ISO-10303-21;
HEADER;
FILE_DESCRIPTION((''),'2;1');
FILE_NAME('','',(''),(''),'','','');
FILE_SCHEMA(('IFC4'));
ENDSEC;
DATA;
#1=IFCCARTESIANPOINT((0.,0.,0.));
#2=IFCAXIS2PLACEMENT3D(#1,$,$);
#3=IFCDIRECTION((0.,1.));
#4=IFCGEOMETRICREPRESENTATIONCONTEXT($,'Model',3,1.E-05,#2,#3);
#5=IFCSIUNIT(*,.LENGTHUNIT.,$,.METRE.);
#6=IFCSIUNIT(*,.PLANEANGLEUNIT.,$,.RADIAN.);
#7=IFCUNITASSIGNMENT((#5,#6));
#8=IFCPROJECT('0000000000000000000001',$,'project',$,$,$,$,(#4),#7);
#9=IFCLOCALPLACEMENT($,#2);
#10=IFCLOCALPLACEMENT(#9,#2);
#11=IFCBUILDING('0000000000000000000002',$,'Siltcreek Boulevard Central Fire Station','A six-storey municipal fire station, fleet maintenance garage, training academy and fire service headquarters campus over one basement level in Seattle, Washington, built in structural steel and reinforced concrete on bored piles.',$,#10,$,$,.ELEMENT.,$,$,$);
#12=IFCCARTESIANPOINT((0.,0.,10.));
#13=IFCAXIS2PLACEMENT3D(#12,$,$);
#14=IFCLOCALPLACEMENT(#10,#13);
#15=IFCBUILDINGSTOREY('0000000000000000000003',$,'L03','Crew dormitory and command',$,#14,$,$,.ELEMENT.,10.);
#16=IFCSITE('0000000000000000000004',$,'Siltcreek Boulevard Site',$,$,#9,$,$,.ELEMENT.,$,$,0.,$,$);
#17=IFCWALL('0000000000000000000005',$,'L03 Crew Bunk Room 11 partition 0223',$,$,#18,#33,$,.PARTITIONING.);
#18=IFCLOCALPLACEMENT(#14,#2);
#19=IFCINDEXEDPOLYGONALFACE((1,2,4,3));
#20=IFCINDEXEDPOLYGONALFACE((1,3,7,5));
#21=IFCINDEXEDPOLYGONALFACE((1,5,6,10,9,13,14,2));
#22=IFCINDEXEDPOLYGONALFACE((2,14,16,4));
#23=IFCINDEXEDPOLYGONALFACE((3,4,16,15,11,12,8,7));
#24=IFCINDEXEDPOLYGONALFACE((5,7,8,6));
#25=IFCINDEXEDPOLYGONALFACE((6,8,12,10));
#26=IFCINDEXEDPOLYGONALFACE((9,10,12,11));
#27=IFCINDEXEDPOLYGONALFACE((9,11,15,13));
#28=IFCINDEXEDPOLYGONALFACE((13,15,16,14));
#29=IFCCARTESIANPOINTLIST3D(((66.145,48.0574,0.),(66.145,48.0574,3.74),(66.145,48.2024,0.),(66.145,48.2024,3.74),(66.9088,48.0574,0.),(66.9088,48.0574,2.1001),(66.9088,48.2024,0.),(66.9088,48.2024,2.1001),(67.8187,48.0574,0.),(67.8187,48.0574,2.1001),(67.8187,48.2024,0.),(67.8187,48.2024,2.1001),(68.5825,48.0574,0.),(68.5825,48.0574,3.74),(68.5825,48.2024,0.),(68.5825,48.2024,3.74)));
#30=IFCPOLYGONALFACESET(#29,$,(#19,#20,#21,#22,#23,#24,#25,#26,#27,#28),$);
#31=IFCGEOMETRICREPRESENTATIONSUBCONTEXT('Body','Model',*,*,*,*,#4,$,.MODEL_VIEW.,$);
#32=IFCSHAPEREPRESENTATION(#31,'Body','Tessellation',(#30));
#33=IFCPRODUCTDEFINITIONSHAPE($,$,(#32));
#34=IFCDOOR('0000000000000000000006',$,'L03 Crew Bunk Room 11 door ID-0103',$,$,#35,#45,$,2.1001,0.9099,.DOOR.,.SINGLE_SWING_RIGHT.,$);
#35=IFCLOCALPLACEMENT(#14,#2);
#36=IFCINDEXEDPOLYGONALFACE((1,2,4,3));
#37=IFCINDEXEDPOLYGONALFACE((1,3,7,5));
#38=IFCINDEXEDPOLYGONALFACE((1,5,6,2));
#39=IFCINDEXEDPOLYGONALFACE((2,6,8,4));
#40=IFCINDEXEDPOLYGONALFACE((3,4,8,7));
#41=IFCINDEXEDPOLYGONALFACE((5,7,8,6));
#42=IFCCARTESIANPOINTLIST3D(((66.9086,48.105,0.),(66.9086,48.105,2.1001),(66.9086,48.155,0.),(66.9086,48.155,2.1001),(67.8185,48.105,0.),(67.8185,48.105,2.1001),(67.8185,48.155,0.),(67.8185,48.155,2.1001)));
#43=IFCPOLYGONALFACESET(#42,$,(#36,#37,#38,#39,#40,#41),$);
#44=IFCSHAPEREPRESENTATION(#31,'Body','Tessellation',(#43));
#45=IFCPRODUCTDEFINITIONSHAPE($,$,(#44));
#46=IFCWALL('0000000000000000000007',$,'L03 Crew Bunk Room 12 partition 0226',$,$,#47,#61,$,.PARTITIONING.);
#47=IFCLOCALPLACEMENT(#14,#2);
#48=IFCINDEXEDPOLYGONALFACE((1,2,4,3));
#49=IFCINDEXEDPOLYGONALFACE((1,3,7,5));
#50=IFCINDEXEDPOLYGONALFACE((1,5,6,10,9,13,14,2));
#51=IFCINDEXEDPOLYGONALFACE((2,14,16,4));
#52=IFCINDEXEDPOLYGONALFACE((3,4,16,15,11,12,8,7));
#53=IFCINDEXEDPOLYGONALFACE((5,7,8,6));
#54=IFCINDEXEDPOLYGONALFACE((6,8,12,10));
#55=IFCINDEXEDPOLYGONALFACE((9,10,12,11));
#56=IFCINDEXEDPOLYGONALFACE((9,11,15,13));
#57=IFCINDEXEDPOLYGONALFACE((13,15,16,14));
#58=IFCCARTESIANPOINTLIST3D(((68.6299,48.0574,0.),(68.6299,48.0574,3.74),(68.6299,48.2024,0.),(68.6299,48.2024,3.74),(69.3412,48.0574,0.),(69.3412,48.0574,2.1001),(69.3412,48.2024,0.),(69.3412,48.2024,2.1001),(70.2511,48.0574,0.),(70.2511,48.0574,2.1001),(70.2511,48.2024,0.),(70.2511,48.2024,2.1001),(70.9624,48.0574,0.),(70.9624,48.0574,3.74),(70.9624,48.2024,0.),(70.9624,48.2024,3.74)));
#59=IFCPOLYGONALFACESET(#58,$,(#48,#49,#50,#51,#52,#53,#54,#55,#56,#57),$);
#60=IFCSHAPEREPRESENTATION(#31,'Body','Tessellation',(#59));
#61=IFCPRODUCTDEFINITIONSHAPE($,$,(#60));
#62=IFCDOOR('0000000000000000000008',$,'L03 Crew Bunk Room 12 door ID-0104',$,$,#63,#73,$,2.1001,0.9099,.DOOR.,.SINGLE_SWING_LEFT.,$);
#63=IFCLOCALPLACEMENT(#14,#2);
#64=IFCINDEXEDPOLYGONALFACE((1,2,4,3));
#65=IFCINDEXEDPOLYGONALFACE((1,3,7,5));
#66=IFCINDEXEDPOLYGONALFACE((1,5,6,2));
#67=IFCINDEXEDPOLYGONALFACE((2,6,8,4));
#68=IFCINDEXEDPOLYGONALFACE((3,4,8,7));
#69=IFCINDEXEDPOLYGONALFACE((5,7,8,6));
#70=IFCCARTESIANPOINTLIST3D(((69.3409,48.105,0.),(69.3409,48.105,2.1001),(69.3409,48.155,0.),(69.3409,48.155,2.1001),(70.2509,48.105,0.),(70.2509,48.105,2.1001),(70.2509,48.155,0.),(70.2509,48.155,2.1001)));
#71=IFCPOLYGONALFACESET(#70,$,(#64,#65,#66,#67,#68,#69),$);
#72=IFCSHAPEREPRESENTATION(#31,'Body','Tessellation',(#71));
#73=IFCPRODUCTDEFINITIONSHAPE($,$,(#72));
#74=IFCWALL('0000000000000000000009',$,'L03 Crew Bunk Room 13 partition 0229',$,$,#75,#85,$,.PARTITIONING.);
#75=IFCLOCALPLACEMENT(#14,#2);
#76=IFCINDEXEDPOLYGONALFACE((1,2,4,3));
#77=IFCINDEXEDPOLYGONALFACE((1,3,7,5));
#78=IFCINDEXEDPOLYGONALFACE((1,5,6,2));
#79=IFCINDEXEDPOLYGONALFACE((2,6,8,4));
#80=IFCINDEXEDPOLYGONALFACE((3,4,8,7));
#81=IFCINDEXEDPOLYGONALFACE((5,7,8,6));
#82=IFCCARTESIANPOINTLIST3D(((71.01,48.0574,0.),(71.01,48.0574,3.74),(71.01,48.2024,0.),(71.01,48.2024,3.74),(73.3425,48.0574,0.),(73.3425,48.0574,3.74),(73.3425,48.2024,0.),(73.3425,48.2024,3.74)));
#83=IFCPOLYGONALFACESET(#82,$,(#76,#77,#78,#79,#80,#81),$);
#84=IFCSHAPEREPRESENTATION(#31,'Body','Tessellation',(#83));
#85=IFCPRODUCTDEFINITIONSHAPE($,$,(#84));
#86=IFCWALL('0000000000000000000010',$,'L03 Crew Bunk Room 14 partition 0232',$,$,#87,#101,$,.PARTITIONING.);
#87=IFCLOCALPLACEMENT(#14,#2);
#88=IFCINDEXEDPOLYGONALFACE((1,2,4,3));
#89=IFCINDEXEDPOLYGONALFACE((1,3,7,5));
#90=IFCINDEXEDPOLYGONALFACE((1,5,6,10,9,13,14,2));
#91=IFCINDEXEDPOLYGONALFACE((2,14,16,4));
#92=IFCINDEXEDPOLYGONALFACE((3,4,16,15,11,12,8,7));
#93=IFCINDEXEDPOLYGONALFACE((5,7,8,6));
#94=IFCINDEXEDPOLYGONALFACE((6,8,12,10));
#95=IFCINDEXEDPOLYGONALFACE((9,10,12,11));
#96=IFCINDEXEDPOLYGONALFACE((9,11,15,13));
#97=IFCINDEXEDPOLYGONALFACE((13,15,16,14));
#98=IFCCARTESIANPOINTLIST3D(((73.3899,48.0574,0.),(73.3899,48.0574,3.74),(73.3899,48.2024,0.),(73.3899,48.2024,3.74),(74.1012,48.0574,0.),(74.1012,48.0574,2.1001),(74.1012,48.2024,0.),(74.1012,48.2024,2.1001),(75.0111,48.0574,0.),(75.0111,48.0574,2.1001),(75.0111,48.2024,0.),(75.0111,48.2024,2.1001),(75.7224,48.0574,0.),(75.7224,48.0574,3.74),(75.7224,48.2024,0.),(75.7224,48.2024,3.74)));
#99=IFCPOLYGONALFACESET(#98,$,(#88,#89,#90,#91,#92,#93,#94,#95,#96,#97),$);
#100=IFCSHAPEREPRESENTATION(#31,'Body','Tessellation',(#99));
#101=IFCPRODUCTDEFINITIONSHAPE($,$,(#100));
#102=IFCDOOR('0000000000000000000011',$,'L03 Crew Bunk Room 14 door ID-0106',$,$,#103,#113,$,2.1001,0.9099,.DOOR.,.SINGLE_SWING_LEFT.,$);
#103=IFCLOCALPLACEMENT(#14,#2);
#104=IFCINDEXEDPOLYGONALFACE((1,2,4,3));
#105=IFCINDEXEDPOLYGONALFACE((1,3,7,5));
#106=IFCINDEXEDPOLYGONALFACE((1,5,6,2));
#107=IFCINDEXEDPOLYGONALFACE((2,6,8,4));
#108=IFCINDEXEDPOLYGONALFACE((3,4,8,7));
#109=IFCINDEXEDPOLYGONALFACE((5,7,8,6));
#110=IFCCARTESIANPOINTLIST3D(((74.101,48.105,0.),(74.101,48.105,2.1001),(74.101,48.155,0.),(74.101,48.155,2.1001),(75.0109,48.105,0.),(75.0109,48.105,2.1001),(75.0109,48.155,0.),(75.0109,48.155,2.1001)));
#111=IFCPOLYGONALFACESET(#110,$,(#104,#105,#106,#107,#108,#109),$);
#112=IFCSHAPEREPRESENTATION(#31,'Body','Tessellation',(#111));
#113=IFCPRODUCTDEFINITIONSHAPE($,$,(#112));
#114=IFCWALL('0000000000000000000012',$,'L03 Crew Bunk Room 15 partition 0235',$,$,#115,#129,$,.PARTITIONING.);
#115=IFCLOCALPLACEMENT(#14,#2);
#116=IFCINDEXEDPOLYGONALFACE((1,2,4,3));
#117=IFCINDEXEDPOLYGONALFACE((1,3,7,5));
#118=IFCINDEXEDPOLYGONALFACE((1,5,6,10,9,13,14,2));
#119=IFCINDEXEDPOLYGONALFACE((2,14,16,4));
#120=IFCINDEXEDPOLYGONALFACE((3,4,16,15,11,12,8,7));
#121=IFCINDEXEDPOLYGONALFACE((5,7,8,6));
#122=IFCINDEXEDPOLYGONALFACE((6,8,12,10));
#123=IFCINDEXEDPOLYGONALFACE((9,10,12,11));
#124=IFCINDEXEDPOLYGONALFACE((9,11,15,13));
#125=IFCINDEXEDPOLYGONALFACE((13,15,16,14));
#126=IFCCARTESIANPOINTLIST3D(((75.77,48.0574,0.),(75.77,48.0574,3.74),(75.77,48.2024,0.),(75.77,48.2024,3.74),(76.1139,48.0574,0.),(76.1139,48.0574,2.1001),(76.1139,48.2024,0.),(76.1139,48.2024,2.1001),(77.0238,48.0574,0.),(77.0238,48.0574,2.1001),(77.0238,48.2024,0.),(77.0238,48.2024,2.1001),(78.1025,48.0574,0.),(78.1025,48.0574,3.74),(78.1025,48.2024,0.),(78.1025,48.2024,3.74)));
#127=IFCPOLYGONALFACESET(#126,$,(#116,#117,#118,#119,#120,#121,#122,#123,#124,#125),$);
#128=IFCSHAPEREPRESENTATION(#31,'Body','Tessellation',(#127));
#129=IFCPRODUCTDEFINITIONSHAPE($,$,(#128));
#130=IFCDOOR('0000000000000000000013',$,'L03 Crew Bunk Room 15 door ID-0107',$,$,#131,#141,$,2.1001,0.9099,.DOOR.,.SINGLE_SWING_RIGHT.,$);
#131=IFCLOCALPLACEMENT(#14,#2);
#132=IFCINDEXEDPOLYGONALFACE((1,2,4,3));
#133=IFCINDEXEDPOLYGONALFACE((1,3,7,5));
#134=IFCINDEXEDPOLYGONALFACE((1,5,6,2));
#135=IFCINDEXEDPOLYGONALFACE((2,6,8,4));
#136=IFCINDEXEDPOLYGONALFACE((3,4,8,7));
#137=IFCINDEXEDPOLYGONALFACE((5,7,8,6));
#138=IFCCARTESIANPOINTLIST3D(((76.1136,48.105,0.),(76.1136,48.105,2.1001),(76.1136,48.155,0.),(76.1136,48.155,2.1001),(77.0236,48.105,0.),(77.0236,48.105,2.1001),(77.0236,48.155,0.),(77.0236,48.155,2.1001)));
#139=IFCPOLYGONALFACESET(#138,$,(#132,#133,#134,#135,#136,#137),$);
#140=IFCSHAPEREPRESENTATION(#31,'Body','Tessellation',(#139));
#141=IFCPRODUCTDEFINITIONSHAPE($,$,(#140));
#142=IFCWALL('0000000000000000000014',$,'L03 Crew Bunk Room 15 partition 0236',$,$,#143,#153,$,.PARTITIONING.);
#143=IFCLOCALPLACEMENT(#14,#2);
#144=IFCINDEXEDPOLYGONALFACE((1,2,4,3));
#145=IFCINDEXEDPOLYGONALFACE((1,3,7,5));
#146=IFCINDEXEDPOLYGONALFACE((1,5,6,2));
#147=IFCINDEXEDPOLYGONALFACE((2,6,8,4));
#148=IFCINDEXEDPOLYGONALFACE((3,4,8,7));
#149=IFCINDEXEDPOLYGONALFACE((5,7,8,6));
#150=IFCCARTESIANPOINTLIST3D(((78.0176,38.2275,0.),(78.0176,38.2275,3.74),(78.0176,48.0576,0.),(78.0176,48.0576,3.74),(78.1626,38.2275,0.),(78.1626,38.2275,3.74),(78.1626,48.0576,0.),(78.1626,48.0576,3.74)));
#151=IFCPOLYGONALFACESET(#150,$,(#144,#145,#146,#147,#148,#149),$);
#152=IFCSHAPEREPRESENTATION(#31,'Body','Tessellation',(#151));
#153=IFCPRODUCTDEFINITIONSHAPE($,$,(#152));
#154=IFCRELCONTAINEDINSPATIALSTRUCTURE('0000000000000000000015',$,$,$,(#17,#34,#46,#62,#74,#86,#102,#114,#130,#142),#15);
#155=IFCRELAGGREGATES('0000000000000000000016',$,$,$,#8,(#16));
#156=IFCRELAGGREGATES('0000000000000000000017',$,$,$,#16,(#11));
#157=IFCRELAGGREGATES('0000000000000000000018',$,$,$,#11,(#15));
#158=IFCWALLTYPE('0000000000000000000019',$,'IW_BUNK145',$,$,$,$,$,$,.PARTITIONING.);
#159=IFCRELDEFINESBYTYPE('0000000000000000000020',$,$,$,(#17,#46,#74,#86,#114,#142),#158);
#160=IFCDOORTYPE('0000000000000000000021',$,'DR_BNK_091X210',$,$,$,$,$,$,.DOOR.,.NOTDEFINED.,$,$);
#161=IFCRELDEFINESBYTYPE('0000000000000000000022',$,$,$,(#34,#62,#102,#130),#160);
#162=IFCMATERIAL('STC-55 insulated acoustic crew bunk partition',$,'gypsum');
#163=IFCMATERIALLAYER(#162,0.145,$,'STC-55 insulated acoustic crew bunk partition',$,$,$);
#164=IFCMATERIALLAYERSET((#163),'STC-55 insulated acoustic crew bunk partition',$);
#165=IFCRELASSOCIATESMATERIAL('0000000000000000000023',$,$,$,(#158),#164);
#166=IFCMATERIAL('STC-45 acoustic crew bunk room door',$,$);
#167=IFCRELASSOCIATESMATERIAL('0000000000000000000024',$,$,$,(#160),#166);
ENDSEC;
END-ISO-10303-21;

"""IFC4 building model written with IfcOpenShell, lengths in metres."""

from ifc_helpers import new_model, si_unit, direction, frame, frame_2d, origin, place, context, subcontext, project, spatial, rectangle, extrude, material, layer, layer_set, type_object, element, fill, save


model = new_model("IFC4")

# Units and contexts
model_context = context("Model", 3, precision=1e-05, world=origin(), true_north=direction((0.0, 1.0)))
body_context = subcontext(model_context, "Body", "Model", "MODEL_VIEW")
ifc_project = project(units=[si_unit("LENGTHUNIT", "METRE"), si_unit("PLANEANGLEUNIT", "RADIAN")], contexts=[model_context])

# Site, building, storey
site_placement = place(None, origin())
site = spatial("IfcSite", under=ifc_project, at=site_placement, Name="Siltcreek Boulevard Site", CompositionType="ELEMENT", RefElevation=0.0)
building_placement = place(site_placement, origin())
building = spatial("IfcBuilding", under=site, at=building_placement, Name="Siltcreek Boulevard Central Fire Station", Description="A six-storey municipal fire station, fleet maintenance garage, training academy and fire service headquarters campus over one basement level in Seattle, Washington, built in structural steel and reinforced concrete on bored piles.", CompositionType="ELEMENT")
storey_placement = place(building_placement, frame((0.0, 0.0, 10.0)))
storey = spatial("IfcBuildingStorey", under=building, at=storey_placement, Name="L03", Description="Crew dormitory and command", CompositionType="ELEMENT", Elevation=10.0)

# Walls, openings, doors
ifc_material_1 = material(Name="STC-55 insulated acoustic crew bunk partition", Category="gypsum")
ifc_layer_1 = layer(ifc_material_1, 0.145, Name="STC-55 insulated acoustic crew bunk partition")
ifc_layer_set_1 = layer_set([ifc_layer_1], Name="STC-55 insulated acoustic crew bunk partition")
wall_type_1 = type_object("IfcWallType", Name="IW_BUNK145", PredefinedType="PARTITIONING", material=ifc_layer_set_1)
wall_1_placement = place(storey_placement, frame((66.145, 48.1299, 0.0), z_axis=(0.0, 0.0, 1.0), x_axis=(1.0, 0.0, 0.0)))
wall_1 = element("IfcWall", 1, at=wall_1_placement, inside=storey, type_object=wall_type_1, Name="L03 Crew Bunk Room 11 partition 0223", PredefinedType="PARTITIONING", context=body_context, shape_type="SweptSolid", body=[
    extrude(rectangle(XDim=2.4375, YDim=0.145, at=frame_2d((1.2188, 0.0))), origin(), (0.0, 0.0, 1.0), 3.74),
])
opening_1_placement = place(wall_1_placement, frame((0.7637, 0.0, 0.0)))
opening_1 = element("IfcOpeningElement", 2, at=opening_1_placement, cuts=wall_1, PredefinedType="OPENING", context=body_context, shape_type="SweptSolid", body=[
    extrude(rectangle(XDim=0.9099, YDim=2.1001, at=frame_2d((0.4551, 1.05))), frame((0.0, 0.0825, 0.0), z_axis=(0.0, -1.0, 0.0), x_axis=(1.0, 0.0, 0.0)), (0.0, 0.0, 1.0), 0.165),
])
ifc_material_2 = material(Name="STC-45 acoustic crew bunk room door")
door_type_1 = type_object("IfcDoorType", Name="DR_BNK_091X210", OperationType="NOTDEFINED", PredefinedType="DOOR", material=ifc_material_2)
door_1_placement = place(opening_1_placement, frame((0.9099, 0.0, 0.0), z_axis=(0.0, 0.0, 1.0), x_axis=(-1.0, 0.0, 0.0)))
door_1 = element("IfcDoor", 3, at=door_1_placement, inside=storey, type_object=door_type_1, Name="L03 Crew Bunk Room 11 door ID-0103", OperationType="SINGLE_SWING_RIGHT", OverallHeight=2.1001, OverallWidth=0.9099, PredefinedType="DOOR", context=body_context, shape_type="SweptSolid", body=[
    extrude(rectangle(XDim=0.9099, YDim=2.1001, at=frame_2d((0.4551, 1.05))), frame((0.0, 0.0249, 0.0), z_axis=(0.0, -1.0, 0.0), x_axis=(1.0, 0.0, 0.0)), (0.0, 0.0, 1.0), 0.05),
])
fill(opening_1, door_1)
wall_2_placement = place(storey_placement, frame((68.6299, 48.1299, 0.0), z_axis=(0.0, 0.0, 1.0), x_axis=(1.0, 0.0, 0.0)))
wall_2 = element("IfcWall", 4, at=wall_2_placement, inside=storey, type_object=wall_type_1, Name="L03 Crew Bunk Room 12 partition 0226", PredefinedType="PARTITIONING", context=body_context, shape_type="SweptSolid", body=[
    extrude(rectangle(XDim=2.3325, YDim=0.145, at=frame_2d((1.1663, 0.0))), origin(), (0.0, 0.0, 1.0), 3.74),
])
opening_2_placement = place(wall_2_placement, frame((0.7112, 0.0, 0.0)))
opening_2 = element("IfcOpeningElement", 5, at=opening_2_placement, cuts=wall_2, PredefinedType="OPENING", context=body_context, shape_type="SweptSolid", body=[
    extrude(rectangle(XDim=0.9099, YDim=2.1001, at=frame_2d((0.4551, 1.05))), frame((0.0, 0.0825, 0.0), z_axis=(0.0, -1.0, 0.0), x_axis=(1.0, 0.0, 0.0)), (0.0, 0.0, 1.0), 0.165),
])
door_2_placement = place(opening_2_placement, frame((0.9099, 0.0, 0.0), z_axis=(0.0, 0.0, 1.0), x_axis=(-1.0, 0.0, 0.0)))
door_2 = element("IfcDoor", 6, at=door_2_placement, inside=storey, type_object=door_type_1, Name="L03 Crew Bunk Room 12 door ID-0104", OperationType="SINGLE_SWING_LEFT", OverallHeight=2.1001, OverallWidth=0.9099, PredefinedType="DOOR", context=body_context, shape_type="SweptSolid", body=[
    extrude(rectangle(XDim=0.9099, YDim=2.1001, at=frame_2d((0.4551, 1.05))), frame((0.0, 0.0249, 0.0), z_axis=(0.0, -1.0, 0.0), x_axis=(1.0, 0.0, 0.0)), (0.0, 0.0, 1.0), 0.05),
])
fill(opening_2, door_2)

# Wall
wall_3_placement = place(storey_placement, frame((71.01, 48.1299, 0.0), z_axis=(0.0, 0.0, 1.0), x_axis=(1.0, 0.0, 0.0)))
element("IfcWall", 7, at=wall_3_placement, inside=storey, type_object=wall_type_1, Name="L03 Crew Bunk Room 13 partition 0229", PredefinedType="PARTITIONING", context=body_context, shape_type="SweptSolid", body=[
    extrude(rectangle(XDim=2.3325, YDim=0.145, at=frame_2d((1.1663, 0.0))), origin(), (0.0, 0.0, 1.0), 3.74),
])

# Walls, openings, doors
wall_4_placement = place(storey_placement, frame((73.3899, 48.1299, 0.0), z_axis=(0.0, 0.0, 1.0), x_axis=(1.0, 0.0, 0.0)))
wall_4 = element("IfcWall", 8, at=wall_4_placement, inside=storey, type_object=wall_type_1, Name="L03 Crew Bunk Room 14 partition 0232", PredefinedType="PARTITIONING", context=body_context, shape_type="SweptSolid", body=[
    extrude(rectangle(XDim=2.3325, YDim=0.145, at=frame_2d((1.1663, 0.0))), origin(), (0.0, 0.0, 1.0), 3.74),
])
opening_3_placement = place(wall_4_placement, frame((0.7112, 0.0, 0.0)))
opening_3 = element("IfcOpeningElement", 9, at=opening_3_placement, cuts=wall_4, PredefinedType="OPENING", context=body_context, shape_type="SweptSolid", body=[
    extrude(rectangle(XDim=0.9099, YDim=2.1001, at=frame_2d((0.4551, 1.05))), frame((0.0, 0.0825, 0.0), z_axis=(0.0, -1.0, 0.0), x_axis=(1.0, 0.0, 0.0)), (0.0, 0.0, 1.0), 0.165),
])
door_3_placement = place(opening_3_placement, frame((0.9099, 0.0, 0.0), z_axis=(0.0, 0.0, 1.0), x_axis=(-1.0, 0.0, 0.0)))
door_3 = element("IfcDoor", 10, at=door_3_placement, inside=storey, type_object=door_type_1, Name="L03 Crew Bunk Room 14 door ID-0106", OperationType="SINGLE_SWING_LEFT", OverallHeight=2.1001, OverallWidth=0.9099, PredefinedType="DOOR", context=body_context, shape_type="SweptSolid", body=[
    extrude(rectangle(XDim=0.9099, YDim=2.1001, at=frame_2d((0.4551, 1.05))), frame((0.0, 0.0249, 0.0), z_axis=(0.0, -1.0, 0.0), x_axis=(1.0, 0.0, 0.0)), (0.0, 0.0, 1.0), 0.05),
])
fill(opening_3, door_3)
wall_5_placement = place(storey_placement, frame((75.77, 48.1299, 0.0), z_axis=(0.0, 0.0, 1.0), x_axis=(1.0, 0.0, 0.0)))
wall_5 = element("IfcWall", 11, at=wall_5_placement, inside=storey, type_object=wall_type_1, Name="L03 Crew Bunk Room 15 partition 0235", PredefinedType="PARTITIONING", context=body_context, shape_type="SweptSolid", body=[
    extrude(rectangle(XDim=2.3325, YDim=0.145, at=frame_2d((1.1663, 0.0))), origin(), (0.0, 0.0, 1.0), 3.74),
])
opening_4_placement = place(wall_5_placement, frame((0.3438, 0.0, 0.0)))
opening_4 = element("IfcOpeningElement", 12, at=opening_4_placement, cuts=wall_5, PredefinedType="OPENING", context=body_context, shape_type="SweptSolid", body=[
    extrude(rectangle(XDim=0.9099, YDim=2.1001, at=frame_2d((0.4551, 1.05))), frame((0.0, 0.0825, 0.0), z_axis=(0.0, -1.0, 0.0), x_axis=(1.0, 0.0, 0.0)), (0.0, 0.0, 1.0), 0.165),
])
door_4_placement = place(opening_4_placement, frame((0.9099, 0.0, 0.0), z_axis=(0.0, 0.0, 1.0), x_axis=(-1.0, 0.0, 0.0)))
door_4 = element("IfcDoor", 13, at=door_4_placement, inside=storey, type_object=door_type_1, Name="L03 Crew Bunk Room 15 door ID-0107", OperationType="SINGLE_SWING_RIGHT", OverallHeight=2.1001, OverallWidth=0.9099, PredefinedType="DOOR", context=body_context, shape_type="SweptSolid", body=[
    extrude(rectangle(XDim=0.9099, YDim=2.1001, at=frame_2d((0.4551, 1.05))), frame((0.0, 0.0249, 0.0), z_axis=(0.0, -1.0, 0.0), x_axis=(1.0, 0.0, 0.0)), (0.0, 0.0, 1.0), 0.05),
])
fill(opening_4, door_4)

# Wall
wall_6_placement = place(storey_placement, frame((78.0901, 48.0576, 0.0), z_axis=(0.0, 0.0, 1.0), x_axis=(0.0, -1.0, 0.0)))
element("IfcWall", 14, at=wall_6_placement, inside=storey, type_object=wall_type_1, Name="L03 Crew Bunk Room 15 partition 0236", PredefinedType="PARTITIONING", context=body_context, shape_type="SweptSolid", body=[
    extrude(rectangle(XDim=9.8301, YDim=0.145, at=frame_2d((4.915, 0.0))), origin(), (0.0, 0.0, 1.0), 3.74),
])

save(model, "model.ifc")
